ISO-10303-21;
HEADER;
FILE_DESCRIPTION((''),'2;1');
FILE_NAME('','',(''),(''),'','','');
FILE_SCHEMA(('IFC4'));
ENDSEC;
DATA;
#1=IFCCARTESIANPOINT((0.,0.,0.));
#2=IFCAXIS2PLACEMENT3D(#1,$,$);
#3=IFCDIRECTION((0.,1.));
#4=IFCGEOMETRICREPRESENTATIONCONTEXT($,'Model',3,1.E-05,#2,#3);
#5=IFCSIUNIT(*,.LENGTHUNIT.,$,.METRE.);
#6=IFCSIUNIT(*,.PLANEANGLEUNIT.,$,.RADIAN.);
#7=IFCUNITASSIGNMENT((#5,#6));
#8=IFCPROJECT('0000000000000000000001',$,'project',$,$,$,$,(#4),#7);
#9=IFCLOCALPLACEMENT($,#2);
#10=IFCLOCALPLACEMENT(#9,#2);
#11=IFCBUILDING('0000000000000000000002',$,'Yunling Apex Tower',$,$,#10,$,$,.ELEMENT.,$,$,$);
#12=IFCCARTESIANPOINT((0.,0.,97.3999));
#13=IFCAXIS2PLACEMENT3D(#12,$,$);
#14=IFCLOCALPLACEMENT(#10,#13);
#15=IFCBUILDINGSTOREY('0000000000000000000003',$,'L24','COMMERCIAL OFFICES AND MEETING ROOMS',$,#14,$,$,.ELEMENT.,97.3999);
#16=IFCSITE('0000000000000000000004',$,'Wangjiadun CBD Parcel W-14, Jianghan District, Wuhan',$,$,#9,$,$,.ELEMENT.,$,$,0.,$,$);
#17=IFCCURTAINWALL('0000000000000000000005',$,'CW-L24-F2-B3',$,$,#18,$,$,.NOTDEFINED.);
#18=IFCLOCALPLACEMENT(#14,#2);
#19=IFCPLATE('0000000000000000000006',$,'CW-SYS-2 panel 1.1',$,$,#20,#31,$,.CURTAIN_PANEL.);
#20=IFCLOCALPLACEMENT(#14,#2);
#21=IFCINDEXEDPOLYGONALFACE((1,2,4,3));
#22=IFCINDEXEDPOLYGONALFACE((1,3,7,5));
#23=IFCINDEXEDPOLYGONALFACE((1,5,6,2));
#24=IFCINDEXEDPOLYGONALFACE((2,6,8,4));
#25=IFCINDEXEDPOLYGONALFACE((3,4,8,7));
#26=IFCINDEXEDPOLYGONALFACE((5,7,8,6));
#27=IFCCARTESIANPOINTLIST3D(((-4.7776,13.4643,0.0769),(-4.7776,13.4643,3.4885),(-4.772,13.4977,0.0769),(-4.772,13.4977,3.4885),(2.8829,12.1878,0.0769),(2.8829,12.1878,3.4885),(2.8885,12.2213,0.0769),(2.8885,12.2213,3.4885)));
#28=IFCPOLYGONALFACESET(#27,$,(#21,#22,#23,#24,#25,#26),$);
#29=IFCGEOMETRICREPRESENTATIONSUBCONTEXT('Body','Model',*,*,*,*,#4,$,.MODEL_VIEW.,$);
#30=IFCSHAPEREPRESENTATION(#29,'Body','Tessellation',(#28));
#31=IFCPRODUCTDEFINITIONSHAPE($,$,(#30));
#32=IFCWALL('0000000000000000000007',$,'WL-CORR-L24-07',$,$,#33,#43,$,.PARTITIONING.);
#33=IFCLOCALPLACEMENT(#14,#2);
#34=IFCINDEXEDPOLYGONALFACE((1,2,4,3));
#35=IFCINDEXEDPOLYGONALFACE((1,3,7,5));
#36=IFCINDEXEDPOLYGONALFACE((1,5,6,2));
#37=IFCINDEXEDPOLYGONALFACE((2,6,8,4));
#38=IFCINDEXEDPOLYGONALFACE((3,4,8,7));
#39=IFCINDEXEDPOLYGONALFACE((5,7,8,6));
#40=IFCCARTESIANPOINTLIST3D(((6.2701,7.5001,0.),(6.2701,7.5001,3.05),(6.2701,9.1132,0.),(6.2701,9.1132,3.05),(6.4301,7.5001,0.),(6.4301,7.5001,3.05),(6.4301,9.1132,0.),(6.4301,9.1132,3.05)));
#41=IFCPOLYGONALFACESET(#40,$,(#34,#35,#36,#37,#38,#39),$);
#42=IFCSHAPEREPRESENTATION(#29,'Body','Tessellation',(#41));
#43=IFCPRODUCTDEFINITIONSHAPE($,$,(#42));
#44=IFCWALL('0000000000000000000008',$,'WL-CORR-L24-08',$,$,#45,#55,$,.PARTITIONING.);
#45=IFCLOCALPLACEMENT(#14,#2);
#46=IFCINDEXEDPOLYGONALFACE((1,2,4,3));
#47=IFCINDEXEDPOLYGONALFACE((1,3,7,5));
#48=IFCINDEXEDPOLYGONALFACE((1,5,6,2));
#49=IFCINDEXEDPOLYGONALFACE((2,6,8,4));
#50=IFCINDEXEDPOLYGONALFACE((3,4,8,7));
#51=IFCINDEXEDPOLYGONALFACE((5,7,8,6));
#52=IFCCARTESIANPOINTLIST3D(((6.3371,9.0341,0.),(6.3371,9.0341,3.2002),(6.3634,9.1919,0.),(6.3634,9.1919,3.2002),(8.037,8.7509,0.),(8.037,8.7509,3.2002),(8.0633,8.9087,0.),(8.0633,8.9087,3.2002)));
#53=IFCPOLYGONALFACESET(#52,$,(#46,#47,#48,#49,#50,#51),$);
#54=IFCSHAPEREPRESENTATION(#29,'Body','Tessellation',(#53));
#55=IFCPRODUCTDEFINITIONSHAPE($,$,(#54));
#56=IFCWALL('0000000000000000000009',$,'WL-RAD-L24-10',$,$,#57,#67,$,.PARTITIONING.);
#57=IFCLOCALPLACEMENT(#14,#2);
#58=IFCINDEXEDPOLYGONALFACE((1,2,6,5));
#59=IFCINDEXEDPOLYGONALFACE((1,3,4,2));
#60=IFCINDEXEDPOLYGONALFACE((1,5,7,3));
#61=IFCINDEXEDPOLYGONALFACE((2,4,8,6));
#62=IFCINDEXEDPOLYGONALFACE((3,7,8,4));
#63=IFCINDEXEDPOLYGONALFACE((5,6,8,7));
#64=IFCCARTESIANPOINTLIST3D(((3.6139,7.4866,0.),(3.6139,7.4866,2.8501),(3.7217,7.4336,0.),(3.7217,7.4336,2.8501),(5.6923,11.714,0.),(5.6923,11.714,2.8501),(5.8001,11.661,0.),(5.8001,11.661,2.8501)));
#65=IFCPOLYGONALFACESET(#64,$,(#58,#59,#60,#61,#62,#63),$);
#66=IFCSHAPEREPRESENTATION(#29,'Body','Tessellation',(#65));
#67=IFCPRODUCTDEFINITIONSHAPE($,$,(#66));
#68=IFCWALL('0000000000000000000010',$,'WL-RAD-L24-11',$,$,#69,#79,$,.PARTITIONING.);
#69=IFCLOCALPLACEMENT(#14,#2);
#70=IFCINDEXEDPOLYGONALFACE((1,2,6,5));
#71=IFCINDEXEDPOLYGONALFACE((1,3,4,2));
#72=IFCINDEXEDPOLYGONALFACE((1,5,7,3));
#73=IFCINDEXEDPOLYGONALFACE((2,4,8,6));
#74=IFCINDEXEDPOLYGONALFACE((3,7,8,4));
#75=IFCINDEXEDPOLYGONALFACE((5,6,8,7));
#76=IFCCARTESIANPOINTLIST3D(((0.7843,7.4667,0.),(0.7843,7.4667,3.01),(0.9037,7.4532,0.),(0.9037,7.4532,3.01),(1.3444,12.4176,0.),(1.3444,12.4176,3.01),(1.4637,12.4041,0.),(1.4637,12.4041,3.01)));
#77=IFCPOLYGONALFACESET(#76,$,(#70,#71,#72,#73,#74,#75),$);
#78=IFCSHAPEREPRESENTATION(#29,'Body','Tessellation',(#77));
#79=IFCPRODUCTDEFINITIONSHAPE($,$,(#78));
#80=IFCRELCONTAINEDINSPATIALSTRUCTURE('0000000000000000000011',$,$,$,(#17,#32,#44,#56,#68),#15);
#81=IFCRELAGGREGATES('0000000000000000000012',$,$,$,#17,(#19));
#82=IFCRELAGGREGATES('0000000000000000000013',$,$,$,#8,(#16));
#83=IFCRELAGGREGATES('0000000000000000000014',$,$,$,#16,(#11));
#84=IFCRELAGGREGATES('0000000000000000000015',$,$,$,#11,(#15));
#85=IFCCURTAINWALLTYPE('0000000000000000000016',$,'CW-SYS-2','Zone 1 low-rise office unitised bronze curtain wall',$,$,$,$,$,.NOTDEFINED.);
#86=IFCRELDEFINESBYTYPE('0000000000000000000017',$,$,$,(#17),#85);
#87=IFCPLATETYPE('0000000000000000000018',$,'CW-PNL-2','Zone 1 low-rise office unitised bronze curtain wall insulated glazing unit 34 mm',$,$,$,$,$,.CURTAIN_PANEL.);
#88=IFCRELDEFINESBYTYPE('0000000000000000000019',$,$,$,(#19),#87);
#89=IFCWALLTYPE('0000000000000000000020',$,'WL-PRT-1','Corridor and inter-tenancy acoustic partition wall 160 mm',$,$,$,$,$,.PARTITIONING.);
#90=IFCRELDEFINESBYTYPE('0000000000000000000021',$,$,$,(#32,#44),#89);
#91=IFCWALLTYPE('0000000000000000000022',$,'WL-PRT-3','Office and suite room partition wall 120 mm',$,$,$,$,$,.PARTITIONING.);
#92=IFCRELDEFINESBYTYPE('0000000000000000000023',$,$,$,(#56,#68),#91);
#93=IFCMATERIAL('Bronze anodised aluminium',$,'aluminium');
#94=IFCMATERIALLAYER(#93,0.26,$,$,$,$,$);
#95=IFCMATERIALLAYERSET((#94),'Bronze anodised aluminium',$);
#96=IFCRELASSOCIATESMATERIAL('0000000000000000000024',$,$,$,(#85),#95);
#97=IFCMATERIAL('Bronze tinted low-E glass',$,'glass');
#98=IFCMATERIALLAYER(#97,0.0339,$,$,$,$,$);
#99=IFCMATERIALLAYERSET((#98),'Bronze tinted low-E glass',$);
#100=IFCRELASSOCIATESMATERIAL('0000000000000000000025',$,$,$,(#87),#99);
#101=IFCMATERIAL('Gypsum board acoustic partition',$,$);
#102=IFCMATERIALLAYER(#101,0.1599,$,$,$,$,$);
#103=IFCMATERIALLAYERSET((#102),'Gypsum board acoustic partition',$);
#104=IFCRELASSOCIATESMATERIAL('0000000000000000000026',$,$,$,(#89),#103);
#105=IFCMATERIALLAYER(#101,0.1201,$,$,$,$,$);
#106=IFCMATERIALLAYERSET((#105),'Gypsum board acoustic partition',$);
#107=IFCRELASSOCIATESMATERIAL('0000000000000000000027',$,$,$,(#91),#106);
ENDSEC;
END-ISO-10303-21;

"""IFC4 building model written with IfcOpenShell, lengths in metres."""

from ifc_helpers import new_model, si_unit, direction, frame, frame_2d, origin, origin_2d, place, context, subcontext, project, spatial, rectangle, extrude, source, transform, mapped, material, layer, layer_set, type_object, element, aggregate, save


model = new_model("IFC4")

# Units and contexts
model_context = context("Model", 3, precision=1e-05, world=origin(), true_north=direction((0.0, 1.0)))
body_context = subcontext(model_context, "Body", "Model", "MODEL_VIEW")
ifc_project = project(units=[si_unit("LENGTHUNIT", "METRE"), si_unit("PLANEANGLEUNIT", "RADIAN")], contexts=[model_context])

# Site, building, storey
site_placement = place(None, origin())
site = spatial("IfcSite", under=ifc_project, at=site_placement, Name="Wangjiadun CBD Parcel W-14, Jianghan District, Wuhan", CompositionType="ELEMENT", RefElevation=0.0)
building_placement = place(site_placement, origin())
building = spatial("IfcBuilding", under=site, at=building_placement, Name="Yunling Apex Tower", CompositionType="ELEMENT")
storey_placement = place(building_placement, frame((0.0, 0.0, 97.3999)))
storey = spatial("IfcBuildingStorey", under=building, at=storey_placement, Name="L24", Description="COMMERCIAL OFFICES AND MEETING ROOMS", CompositionType="ELEMENT", Elevation=97.3999)

# Shared definitions
ifc_material_1 = material(Name="Bronze anodised aluminium", Category="aluminium")
ifc_layer_1 = layer(ifc_material_1, 0.26)
ifc_layer_set_1 = layer_set([ifc_layer_1], Name="Bronze anodised aluminium")
curtain_wall_type = type_object("IfcCurtainWallType", Name="CW-SYS-2", Description="Zone 1 low-rise office unitised bronze curtain wall", PredefinedType="NOTDEFINED", material=ifc_layer_set_1)

# Curtain wall
curtain_wall_1_placement = place(storey_placement, origin())
curtain_wall_1 = element("IfcCurtainWall", 1, at=curtain_wall_1_placement, inside=storey, type_object=curtain_wall_type, Name="CW-L24-F2-B3", PredefinedType="NOTDEFINED")

# Plate
ifc_material_2 = material(Name="Bronze tinted low-E glass", Category="glass")
ifc_layer_2 = layer(ifc_material_2, 0.0339)
ifc_layer_set_2 = layer_set([ifc_layer_2], Name="Bronze tinted low-E glass")
plate_type = type_object("IfcPlateType", Name="CW-PNL-2", Description="Zone 1 low-rise office unitised bronze curtain wall insulated glazing unit 34 mm", PredefinedType="CURTAIN_PANEL", material=ifc_layer_set_2)
shared_shape_1 = source(origin(), body_context, "Body", "SweptSolid", [
    extrude(rectangle(XDim=7.7661, YDim=0.0339, at=origin_2d()), origin(), (0.0, 0.0, 1.0), 3.4116),
])
plate_1_placement = place(storey_placement, frame((-0.9446, 12.8428, 0.0769), z_axis=(0.0, 0.0, 1.0), x_axis=(-0.9864, 0.164362, 0.0)))
plate_1 = element("IfcPlate", 2, at=plate_1_placement, type_object=plate_type, Name="CW-SYS-2 panel 1.1", PredefinedType="CURTAIN_PANEL", context=body_context, shape_type="MappedRepresentation", body=[
    mapped(shared_shape_1, transform((0.0, 0.0, 0.0), scale=1.0)),
])
aggregate(curtain_wall_1, [plate_1])

# Walls
ifc_material_3 = material(Name="Gypsum board acoustic partition")
ifc_layer_3 = layer(ifc_material_3, 0.1599)
ifc_layer_set_3 = layer_set([ifc_layer_3], Name="Gypsum board acoustic partition")
wall_type_1 = type_object("IfcWallType", Name="WL-PRT-1", Description="Corridor and inter-tenancy acoustic partition wall 160 mm", PredefinedType="PARTITIONING", material=ifc_layer_set_3)
wall_1_placement = place(storey_placement, frame((6.3501, 7.5, 0.0), z_axis=(0.0, 0.0, 1.0), x_axis=(0.0, 1.0, 0.0)))
element("IfcWall", 3, at=wall_1_placement, inside=storey, type_object=wall_type_1, Name="WL-CORR-L24-07", PredefinedType="PARTITIONING", context=body_context, shape_type="SweptSolid", body=[
    extrude(rectangle(XDim=1.613, YDim=0.1599, at=frame_2d((0.8066, 0.0))), origin(), (0.0, 0.0, 1.0), 3.05),
])
wall_2_placement = place(storey_placement, frame((6.3501, 9.113, 0.0), z_axis=(0.0, 0.0, 1.0), x_axis=(0.986405, -0.16433, 0.0)))
element("IfcWall", 4, at=wall_2_placement, inside=storey, type_object=wall_type_1, Name="WL-CORR-L24-08", PredefinedType="PARTITIONING", context=body_context, shape_type="SweptSolid", body=[
    extrude(rectangle(XDim=1.7234, YDim=0.1599, at=frame_2d((0.8618, 0.0))), origin(), (0.0, 0.0, 1.0), 3.2002),
])
ifc_layer_4 = layer(ifc_material_3, 0.1201)
ifc_layer_set_4 = layer_set([ifc_layer_4], Name="Gypsum board acoustic partition")
wall_type_2 = type_object("IfcWallType", Name="WL-PRT-3", Description="Office and suite room partition wall 120 mm", PredefinedType="PARTITIONING", material=ifc_layer_set_4)
wall_3_placement = place(storey_placement, frame((3.6677, 7.46, 0.0), z_axis=(0.0, 0.0, 1.0), x_axis=(0.441212, 0.897403, 0.0)))
element("IfcWall", 5, at=wall_3_placement, inside=storey, type_object=wall_type_2, Name="WL-RAD-L24-10", PredefinedType="PARTITIONING", context=body_context, shape_type="SweptSolid", body=[
    extrude(rectangle(XDim=4.7107, YDim=0.1201, at=frame_2d((2.3555, 0.0))), origin(), (0.0, 0.0, 1.0), 2.8501),
])
wall_4_placement = place(storey_placement, frame((0.844, 7.46, 0.0), z_axis=(0.0, 0.0, 1.0), x_axis=(0.112405, 0.993662, 0.0)))
element("IfcWall", 6, at=wall_4_placement, inside=storey, type_object=wall_type_2, Name="WL-RAD-L24-11", PredefinedType="PARTITIONING", context=body_context, shape_type="SweptSolid", body=[
    extrude(rectangle(XDim=4.9824, YDim=0.1201, at=frame_2d((2.4912, 0.0))), origin(), (0.0, 0.0, 1.0), 3.01),
])

save(model, "model.ifc")
